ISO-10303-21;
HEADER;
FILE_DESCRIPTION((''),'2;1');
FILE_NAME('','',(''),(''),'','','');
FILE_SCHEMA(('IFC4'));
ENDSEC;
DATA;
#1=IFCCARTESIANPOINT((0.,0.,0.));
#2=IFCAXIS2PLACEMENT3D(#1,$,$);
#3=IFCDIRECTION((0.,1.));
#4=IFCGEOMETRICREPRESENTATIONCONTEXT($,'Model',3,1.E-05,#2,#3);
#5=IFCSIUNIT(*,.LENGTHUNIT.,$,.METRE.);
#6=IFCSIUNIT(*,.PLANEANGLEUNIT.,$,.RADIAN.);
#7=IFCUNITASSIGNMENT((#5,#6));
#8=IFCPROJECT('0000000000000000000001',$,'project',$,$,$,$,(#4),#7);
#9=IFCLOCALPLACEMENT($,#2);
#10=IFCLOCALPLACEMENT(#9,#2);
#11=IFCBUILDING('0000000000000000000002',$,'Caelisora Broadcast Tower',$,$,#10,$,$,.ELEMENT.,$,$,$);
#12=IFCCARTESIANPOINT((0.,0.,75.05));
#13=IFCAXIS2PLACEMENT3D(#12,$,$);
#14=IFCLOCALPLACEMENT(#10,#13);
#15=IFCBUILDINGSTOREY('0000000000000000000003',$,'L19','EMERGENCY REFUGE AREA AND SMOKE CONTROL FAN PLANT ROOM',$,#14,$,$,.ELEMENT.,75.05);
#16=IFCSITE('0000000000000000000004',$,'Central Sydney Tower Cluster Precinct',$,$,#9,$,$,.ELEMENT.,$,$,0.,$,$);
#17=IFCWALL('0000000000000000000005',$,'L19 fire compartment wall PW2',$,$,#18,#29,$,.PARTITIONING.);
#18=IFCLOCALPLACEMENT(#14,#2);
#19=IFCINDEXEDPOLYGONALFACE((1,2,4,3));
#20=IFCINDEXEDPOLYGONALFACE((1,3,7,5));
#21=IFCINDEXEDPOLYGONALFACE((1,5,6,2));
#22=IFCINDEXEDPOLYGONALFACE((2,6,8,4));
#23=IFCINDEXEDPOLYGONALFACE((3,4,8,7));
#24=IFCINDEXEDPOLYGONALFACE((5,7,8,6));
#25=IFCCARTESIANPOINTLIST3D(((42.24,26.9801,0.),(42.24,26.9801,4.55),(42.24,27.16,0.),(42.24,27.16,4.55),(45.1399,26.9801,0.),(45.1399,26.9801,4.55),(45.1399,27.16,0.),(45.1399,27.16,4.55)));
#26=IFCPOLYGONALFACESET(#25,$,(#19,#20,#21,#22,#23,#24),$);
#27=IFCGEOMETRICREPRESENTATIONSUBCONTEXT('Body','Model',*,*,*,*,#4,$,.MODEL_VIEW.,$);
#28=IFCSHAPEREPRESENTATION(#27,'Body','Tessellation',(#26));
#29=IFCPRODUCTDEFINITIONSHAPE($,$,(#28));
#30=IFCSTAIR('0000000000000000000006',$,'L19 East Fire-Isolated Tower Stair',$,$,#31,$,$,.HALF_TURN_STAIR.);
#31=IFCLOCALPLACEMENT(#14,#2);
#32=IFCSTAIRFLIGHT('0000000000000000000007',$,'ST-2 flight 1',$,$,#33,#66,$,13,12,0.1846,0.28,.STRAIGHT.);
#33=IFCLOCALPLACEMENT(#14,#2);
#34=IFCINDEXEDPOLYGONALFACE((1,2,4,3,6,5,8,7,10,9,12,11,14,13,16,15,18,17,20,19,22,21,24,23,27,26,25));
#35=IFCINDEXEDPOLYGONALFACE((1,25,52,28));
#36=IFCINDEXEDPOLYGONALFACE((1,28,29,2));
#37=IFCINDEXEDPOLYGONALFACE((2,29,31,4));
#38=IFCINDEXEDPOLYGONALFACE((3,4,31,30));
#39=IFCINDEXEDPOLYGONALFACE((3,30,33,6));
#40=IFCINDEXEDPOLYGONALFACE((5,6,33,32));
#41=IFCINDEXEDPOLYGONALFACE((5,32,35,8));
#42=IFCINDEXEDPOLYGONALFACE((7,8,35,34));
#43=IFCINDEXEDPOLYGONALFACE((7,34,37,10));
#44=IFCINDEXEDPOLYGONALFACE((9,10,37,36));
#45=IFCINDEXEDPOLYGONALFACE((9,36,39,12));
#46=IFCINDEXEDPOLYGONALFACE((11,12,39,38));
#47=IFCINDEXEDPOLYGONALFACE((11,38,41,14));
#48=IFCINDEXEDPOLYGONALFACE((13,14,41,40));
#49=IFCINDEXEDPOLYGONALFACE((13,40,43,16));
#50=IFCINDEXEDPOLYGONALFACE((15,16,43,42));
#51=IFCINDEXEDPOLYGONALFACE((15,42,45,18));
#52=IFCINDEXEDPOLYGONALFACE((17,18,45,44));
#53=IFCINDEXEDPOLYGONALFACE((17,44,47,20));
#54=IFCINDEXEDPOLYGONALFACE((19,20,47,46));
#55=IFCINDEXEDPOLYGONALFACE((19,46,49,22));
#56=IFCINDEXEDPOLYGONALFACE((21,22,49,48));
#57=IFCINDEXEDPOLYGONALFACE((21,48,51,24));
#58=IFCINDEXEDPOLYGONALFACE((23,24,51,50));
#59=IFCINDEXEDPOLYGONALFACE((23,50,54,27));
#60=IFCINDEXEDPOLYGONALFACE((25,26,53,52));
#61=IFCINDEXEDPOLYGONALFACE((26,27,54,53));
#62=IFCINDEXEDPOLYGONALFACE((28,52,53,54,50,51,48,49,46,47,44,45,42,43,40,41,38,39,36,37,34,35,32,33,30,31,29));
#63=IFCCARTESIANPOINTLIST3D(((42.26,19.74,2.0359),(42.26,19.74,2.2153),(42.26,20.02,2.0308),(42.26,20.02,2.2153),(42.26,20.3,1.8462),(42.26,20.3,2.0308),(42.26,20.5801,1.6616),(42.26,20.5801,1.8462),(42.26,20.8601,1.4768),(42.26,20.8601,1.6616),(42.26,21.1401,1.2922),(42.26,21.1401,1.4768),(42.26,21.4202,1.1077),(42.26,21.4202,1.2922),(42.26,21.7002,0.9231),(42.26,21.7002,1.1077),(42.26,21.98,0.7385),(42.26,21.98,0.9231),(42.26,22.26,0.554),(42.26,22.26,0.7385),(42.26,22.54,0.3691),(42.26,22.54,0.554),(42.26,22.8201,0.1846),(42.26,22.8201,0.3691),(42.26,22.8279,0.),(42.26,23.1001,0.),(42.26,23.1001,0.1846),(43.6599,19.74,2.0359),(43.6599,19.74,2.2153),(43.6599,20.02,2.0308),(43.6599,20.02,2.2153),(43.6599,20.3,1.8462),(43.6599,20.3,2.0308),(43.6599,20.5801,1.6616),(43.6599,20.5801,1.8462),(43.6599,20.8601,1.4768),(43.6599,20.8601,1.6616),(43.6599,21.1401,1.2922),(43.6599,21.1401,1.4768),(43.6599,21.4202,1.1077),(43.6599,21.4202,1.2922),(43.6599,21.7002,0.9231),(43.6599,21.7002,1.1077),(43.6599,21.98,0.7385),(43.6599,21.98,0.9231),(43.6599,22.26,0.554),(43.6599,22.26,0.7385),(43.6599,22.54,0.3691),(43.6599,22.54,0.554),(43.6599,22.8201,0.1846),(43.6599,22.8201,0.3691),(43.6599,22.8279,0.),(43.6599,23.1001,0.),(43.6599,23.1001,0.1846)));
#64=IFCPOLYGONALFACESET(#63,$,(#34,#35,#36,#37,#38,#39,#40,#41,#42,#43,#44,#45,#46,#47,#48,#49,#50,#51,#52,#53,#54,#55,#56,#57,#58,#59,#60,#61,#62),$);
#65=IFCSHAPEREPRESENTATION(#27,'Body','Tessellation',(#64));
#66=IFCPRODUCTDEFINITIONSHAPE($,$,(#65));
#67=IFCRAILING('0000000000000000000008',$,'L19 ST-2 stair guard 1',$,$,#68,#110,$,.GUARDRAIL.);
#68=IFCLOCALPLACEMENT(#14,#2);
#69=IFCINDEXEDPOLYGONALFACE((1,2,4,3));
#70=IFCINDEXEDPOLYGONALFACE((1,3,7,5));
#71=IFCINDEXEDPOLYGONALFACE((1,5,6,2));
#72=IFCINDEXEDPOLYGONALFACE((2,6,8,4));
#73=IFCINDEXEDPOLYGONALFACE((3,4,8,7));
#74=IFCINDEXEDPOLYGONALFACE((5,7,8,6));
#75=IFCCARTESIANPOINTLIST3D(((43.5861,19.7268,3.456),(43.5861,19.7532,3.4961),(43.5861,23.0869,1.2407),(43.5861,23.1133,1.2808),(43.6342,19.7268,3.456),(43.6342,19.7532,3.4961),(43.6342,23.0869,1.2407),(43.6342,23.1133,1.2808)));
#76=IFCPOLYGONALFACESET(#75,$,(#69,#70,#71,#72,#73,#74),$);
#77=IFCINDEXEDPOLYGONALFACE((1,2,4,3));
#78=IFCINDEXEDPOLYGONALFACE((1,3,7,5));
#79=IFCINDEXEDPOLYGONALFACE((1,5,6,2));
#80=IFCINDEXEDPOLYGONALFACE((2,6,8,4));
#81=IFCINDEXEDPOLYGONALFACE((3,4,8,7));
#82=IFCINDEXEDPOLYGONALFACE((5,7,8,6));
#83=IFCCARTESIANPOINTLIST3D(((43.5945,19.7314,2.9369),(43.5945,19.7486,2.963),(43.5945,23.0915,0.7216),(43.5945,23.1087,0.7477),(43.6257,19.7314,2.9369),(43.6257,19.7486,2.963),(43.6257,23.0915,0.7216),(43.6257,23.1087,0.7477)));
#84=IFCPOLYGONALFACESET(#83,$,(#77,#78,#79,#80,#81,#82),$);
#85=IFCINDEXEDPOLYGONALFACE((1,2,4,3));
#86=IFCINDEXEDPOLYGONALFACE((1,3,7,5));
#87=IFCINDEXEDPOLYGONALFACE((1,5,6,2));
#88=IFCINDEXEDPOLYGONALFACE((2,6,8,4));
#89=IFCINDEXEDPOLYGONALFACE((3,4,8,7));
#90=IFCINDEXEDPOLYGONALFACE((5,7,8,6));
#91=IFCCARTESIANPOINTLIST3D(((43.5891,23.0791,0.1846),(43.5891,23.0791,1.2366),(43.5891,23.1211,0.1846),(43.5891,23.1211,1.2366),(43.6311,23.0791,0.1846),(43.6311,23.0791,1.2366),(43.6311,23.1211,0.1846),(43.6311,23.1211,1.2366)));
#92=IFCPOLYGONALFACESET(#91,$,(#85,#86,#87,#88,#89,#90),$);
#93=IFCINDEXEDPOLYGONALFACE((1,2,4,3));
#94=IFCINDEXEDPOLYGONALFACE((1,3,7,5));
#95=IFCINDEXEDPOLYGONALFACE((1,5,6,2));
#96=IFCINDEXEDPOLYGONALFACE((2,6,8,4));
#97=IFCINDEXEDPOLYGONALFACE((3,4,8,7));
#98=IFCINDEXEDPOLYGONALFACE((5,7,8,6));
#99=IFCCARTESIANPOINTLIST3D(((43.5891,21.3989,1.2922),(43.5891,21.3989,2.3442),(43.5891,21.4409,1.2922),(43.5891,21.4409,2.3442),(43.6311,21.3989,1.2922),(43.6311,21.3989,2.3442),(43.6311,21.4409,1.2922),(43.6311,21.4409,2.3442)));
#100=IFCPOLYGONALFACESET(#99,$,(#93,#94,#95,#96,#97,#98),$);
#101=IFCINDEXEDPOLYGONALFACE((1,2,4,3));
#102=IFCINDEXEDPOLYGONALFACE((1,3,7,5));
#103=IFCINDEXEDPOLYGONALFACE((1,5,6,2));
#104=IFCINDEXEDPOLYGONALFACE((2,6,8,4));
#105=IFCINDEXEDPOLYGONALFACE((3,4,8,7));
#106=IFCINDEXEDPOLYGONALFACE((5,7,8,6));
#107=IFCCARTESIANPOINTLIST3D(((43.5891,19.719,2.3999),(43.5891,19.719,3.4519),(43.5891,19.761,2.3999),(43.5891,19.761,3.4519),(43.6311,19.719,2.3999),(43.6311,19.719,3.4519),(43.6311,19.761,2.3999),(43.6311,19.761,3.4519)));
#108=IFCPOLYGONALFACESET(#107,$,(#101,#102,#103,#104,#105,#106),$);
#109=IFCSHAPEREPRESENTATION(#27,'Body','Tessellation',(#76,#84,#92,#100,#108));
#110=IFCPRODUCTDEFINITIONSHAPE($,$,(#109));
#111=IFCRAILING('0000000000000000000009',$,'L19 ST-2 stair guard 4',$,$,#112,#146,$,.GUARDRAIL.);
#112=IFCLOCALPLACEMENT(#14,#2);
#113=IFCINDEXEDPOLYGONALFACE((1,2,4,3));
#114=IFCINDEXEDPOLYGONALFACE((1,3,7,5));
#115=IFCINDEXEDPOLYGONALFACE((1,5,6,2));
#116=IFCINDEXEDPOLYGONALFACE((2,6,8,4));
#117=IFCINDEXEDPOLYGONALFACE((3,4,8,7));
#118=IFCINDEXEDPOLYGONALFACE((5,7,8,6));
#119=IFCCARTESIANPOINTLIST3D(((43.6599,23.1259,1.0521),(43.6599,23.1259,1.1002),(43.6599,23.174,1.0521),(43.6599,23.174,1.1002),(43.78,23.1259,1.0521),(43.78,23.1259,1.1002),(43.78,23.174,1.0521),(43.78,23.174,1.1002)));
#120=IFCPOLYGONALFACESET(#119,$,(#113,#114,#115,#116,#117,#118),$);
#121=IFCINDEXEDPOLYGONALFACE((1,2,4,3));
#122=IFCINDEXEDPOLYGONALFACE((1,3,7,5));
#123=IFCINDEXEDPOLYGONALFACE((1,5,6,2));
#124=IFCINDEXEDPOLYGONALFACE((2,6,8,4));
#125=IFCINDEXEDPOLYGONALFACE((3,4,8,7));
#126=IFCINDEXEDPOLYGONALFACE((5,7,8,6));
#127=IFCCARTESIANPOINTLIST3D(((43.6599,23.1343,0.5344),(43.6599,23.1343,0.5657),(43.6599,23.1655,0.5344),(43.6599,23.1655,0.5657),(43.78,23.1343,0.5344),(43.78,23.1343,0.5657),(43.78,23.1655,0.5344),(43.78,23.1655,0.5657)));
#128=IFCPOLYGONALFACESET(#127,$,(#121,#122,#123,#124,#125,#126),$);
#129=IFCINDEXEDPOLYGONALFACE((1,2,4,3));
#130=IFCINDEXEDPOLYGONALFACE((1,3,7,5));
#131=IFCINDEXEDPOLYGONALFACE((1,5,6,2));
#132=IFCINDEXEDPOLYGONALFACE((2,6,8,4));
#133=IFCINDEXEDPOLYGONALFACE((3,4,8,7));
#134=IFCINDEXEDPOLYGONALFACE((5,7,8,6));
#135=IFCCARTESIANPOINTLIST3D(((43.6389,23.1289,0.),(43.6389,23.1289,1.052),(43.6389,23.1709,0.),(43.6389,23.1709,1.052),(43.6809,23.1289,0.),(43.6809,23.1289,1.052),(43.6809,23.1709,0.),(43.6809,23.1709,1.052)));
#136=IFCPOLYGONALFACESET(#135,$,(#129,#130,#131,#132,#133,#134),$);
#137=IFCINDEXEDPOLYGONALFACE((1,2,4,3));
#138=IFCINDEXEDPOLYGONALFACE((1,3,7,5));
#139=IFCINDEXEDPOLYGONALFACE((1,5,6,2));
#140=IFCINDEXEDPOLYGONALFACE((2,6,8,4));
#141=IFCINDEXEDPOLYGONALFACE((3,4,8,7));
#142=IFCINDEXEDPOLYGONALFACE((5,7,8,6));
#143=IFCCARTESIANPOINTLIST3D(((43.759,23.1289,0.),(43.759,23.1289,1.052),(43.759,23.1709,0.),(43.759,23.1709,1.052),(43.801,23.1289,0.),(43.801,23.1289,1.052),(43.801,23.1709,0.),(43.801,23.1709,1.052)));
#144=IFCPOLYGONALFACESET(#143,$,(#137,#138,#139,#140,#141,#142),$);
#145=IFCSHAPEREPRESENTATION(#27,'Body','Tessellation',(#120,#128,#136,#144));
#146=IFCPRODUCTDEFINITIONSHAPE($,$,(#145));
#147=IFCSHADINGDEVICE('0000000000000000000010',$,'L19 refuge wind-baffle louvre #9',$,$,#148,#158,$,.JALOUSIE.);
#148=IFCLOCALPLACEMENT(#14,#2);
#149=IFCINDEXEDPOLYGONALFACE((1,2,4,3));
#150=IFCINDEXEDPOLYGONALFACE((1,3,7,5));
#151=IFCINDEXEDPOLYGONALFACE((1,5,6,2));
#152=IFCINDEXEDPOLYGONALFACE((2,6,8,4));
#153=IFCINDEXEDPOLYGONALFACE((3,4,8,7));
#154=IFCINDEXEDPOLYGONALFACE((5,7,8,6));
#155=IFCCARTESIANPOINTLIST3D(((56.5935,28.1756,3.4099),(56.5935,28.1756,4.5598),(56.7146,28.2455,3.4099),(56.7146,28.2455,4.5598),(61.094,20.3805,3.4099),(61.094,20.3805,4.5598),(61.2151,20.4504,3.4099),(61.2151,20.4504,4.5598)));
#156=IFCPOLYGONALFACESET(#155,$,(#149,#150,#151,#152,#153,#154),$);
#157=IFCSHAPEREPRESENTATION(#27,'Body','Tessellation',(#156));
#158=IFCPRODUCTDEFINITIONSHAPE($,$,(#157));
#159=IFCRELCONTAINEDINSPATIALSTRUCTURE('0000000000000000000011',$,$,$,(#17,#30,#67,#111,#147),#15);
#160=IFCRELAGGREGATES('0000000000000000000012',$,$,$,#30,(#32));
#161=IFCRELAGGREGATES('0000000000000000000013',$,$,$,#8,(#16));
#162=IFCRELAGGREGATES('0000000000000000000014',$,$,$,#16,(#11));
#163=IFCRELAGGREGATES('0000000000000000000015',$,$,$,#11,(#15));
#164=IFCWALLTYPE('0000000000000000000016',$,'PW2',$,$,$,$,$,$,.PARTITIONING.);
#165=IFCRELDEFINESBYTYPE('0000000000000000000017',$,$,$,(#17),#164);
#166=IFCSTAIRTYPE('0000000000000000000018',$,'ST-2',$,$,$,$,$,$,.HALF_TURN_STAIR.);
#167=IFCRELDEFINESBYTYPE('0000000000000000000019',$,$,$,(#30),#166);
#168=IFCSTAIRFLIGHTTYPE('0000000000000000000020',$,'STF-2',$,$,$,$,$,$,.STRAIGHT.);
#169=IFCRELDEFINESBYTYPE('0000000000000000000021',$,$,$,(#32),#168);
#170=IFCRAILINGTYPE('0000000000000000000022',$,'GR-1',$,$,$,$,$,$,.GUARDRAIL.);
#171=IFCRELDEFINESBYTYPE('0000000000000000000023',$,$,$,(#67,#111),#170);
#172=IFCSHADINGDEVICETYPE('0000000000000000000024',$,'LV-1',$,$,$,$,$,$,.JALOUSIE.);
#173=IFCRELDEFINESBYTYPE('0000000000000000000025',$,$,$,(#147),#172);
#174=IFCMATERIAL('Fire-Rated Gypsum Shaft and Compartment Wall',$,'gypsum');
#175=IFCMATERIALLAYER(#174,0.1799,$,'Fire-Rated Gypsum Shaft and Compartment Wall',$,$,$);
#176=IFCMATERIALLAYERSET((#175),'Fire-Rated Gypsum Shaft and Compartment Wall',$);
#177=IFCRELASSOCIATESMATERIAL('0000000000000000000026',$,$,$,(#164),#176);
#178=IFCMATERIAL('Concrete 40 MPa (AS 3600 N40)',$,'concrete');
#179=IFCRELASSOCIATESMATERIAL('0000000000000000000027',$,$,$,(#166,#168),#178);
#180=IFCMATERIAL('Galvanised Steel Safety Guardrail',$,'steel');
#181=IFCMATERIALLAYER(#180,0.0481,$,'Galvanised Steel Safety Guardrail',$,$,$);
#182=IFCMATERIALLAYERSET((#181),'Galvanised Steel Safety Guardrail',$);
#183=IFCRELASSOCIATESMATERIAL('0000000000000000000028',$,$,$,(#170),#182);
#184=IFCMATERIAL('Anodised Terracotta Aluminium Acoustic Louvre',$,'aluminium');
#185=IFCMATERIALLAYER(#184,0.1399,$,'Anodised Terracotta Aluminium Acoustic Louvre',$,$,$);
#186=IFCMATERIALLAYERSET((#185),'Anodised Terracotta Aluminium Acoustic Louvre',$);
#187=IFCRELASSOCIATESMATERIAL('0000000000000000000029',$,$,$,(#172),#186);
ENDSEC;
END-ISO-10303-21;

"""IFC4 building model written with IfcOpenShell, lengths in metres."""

from ifc_helpers import new_model, si_unit, direction, frame, frame_2d, origin, origin_2d, place, context, subcontext, project, spatial, polyline, rectangle, outline, extrude, source, transform, mapped, material, layer, layer_set, type_object, type_shapes, element, aggregate, save


model = new_model("IFC4")

# Units and contexts
model_context = context("Model", 3, precision=1e-05, world=origin(), true_north=direction((0.0, 1.0)))
body_context = subcontext(model_context, "Body", "Model", "MODEL_VIEW")
ifc_project = project(units=[si_unit("LENGTHUNIT", "METRE"), si_unit("PLANEANGLEUNIT", "RADIAN")], contexts=[model_context])

# Site, building, storey
site_placement = place(None, origin())
site = spatial("IfcSite", under=ifc_project, at=site_placement, Name="Central Sydney Tower Cluster Precinct", CompositionType="ELEMENT", RefElevation=0.0)
building_placement = place(site_placement, origin())
building = spatial("IfcBuilding", under=site, at=building_placement, Name="Caelisora Broadcast Tower", CompositionType="ELEMENT")
storey_placement = place(building_placement, frame((0.0, 0.0, 75.05)))
storey = spatial("IfcBuildingStorey", under=building, at=storey_placement, Name="L19", Description="EMERGENCY REFUGE AREA AND SMOKE CONTROL FAN PLANT ROOM", CompositionType="ELEMENT", Elevation=75.05)

# Shared definitions
ifc_material_1 = material(Name="Fire-Rated Gypsum Shaft and Compartment Wall", Category="gypsum")
ifc_layer_1 = layer(ifc_material_1, 0.1799, Name="Fire-Rated Gypsum Shaft and Compartment Wall")
ifc_layer_set_1 = layer_set([ifc_layer_1], Name="Fire-Rated Gypsum Shaft and Compartment Wall")
wall_type_1 = type_object("IfcWallType", Name="PW2", PredefinedType="PARTITIONING", material=ifc_layer_set_1)

# Wall
wall_1_placement = place(storey_placement, frame((42.24, 27.0701, 0.0), z_axis=(0.0, 0.0, 1.0), x_axis=(1.0, 0.0, 0.0)))
element("IfcWall", 1, at=wall_1_placement, inside=storey, type_object=wall_type_1, Name="L19 fire compartment wall PW2", PredefinedType="PARTITIONING", context=body_context, shape_type="SweptSolid", body=[
    extrude(rectangle(XDim=2.8999, YDim=0.1799, at=frame_2d((1.45, 0.0))), origin(), (0.0, 0.0, 1.0), 4.55),
])

# Stair, stair flight
ifc_material_2 = material(Name="Concrete 40 MPa (AS 3600 N40)", Category="concrete")
stair_type = type_object("IfcStairType", Name="ST-2", PredefinedType="HALF_TURN_STAIR", material=ifc_material_2)
stair_placement = place(storey_placement, origin())
stair = element("IfcStair", 2, at=stair_placement, inside=storey, type_object=stair_type, Name="L19 East Fire-Isolated Tower Stair", PredefinedType="HALF_TURN_STAIR")
stair_flight_type = type_object("IfcStairFlightType", Name="STF-2", PredefinedType="STRAIGHT", material=ifc_material_2)
stair_flight_placement = place(storey_placement, frame((42.96, 23.1001, 0.0), z_axis=(0.0, 0.0, 1.0), x_axis=(0.0, -1.0, 0.0)))
stair_flight = element("IfcStairFlight", 3, at=stair_flight_placement, type_object=stair_flight_type, Name="ST-2 flight 1", NumberOfRisers=13, NumberOfTreads=12, PredefinedType="STRAIGHT", RiserHeight=0.1846, TreadLength=0.28, context=body_context, shape_type="SweptSolid", body=[
    extrude(outline(polyline([(0.0, 0.0), (0.0, 0.1846), (0.28, 0.1846), (0.28, 0.3691), (0.5601, 0.3691), (0.5601, 0.554), (0.8401, 0.554), (0.8401, 0.7385), (1.1201, 0.7385), (1.1201, 0.9231), (1.3999, 0.9231), (1.3999, 1.1077), (1.6799, 1.1077), (1.6799, 1.2922), (1.96, 1.2922), (1.96, 1.4768), (2.24, 1.4768), (2.24, 1.6616), (2.52, 1.6616), (2.52, 1.8462), (2.8, 1.8462), (2.8, 2.0308), (3.0801, 2.0308), (3.0801, 2.2153), (3.3601, 2.2153), (3.3601, 2.3999), (3.3601, 2.0359), (0.2722, 0.0), (0.0, 0.0)])), frame((0.0, 0.7, 0.0), z_axis=(0.0, -1.0, 0.0), x_axis=(1.0, 0.0, 0.0)), (0.0, 0.0, 1.0), 1.3999),
])
aggregate(stair, [stair_flight])

# Railings
ifc_material_3 = material(Name="Galvanised Steel Safety Guardrail", Category="steel")
ifc_layer_2 = layer(ifc_material_3, 0.0481, Name="Galvanised Steel Safety Guardrail")
ifc_layer_set_2 = layer_set([ifc_layer_2], Name="Galvanised Steel Safety Guardrail")
railing_type = type_object("IfcRailingType", Name="GR-1", PredefinedType="GUARDRAIL", material=ifc_layer_set_2)
railing_1_placement = place(storey_placement, frame((43.6101, 23.1001, 0.1846)))
element("IfcRailing", 4, at=railing_1_placement, inside=storey, type_object=railing_type, Name="L19 ST-2 stair guard 1", PredefinedType="GUARDRAIL", context=body_context, shape_type="SweptSolid", body=[
    extrude(rectangle(XDim=0.0481, YDim=0.0481, at=origin_2d()), frame((0.0, 0.0, 1.0762), z_axis=(0.0, -0.834876, 0.550437), x_axis=(1.0, 0.0, 0.0)), (0.0, 0.0, 1.0), 4.0247),
    extrude(rectangle(XDim=0.0312, YDim=0.0312, at=origin_2d()), frame((0.0, 0.0, 0.55), z_axis=(0.0, -0.834876, 0.550437), x_axis=(1.0, 0.0, 0.0)), (0.0, 0.0, 1.0), 4.0247),
    extrude(rectangle(XDim=0.042, YDim=0.042, at=origin_2d()), origin(), (0.0, 0.0, 1.0), 1.052),
    extrude(rectangle(XDim=0.042, YDim=0.042, at=origin_2d()), frame((0.0, -1.6802, 1.1077)), (0.0, 0.0, 1.0), 1.052),
    extrude(rectangle(XDim=0.042, YDim=0.042, at=origin_2d()), frame((0.0, -3.3601, 2.2153)), (0.0, 0.0, 1.0), 1.052),
])
railing_2_placement = place(storey_placement, frame((43.6599, 23.1499, 0.0)))
element("IfcRailing", 5, at=railing_2_placement, inside=storey, type_object=railing_type, Name="L19 ST-2 stair guard 4", PredefinedType="GUARDRAIL", context=body_context, shape_type="SweptSolid", body=[
    extrude(rectangle(XDim=0.0481, YDim=0.0481, at=origin_2d()), frame((0.0, 0.0, 1.0762), z_axis=(1.0, 0.0, 0.0), x_axis=(0.0, 1.0, 0.0)), (0.0, 0.0, 1.0), 0.1201),
    extrude(rectangle(XDim=0.0312, YDim=0.0312, at=origin_2d()), frame((0.0, 0.0, 0.55), z_axis=(1.0, 0.0, 0.0), x_axis=(0.0, 1.0, 0.0)), (0.0, 0.0, 1.0), 0.1201),
    extrude(rectangle(XDim=0.042, YDim=0.042, at=origin_2d()), origin(), (0.0, 0.0, 1.0), 1.052),
    extrude(rectangle(XDim=0.042, YDim=0.042, at=origin_2d()), frame((0.1201, 0.0, 0.0)), (0.0, 0.0, 1.0), 1.052),
])

# Shading device
ifc_material_4 = material(Name="Anodised Terracotta Aluminium Acoustic Louvre", Category="aluminium")
ifc_layer_3 = layer(ifc_material_4, 0.1399, Name="Anodised Terracotta Aluminium Acoustic Louvre")
ifc_layer_set_3 = layer_set([ifc_layer_3], Name="Anodised Terracotta Aluminium Acoustic Louvre")
shading_device_type = type_object("IfcShadingDeviceType", Name="LV-1", PredefinedType="JALOUSIE", material=ifc_layer_set_3)
shared_shape_1 = source(origin(), body_context, "Body", "SweptSolid", [
    extrude(rectangle(XDim=9.001, YDim=0.1399, at=origin_2d()), origin(), (0.0, 0.0, 1.0), 1.1499),
])
type_shapes(shading_device_type, [shared_shape_1])
shading_device_placement = place(storey_placement, frame((58.9043, 24.313, 3.4099), z_axis=(0.0, 0.0, 1.0), x_axis=(-0.5, 0.866025, 0.0)))
element("IfcShadingDevice", 6, at=shading_device_placement, inside=storey, type_object=shading_device_type, Name="L19 refuge wind-baffle louvre #9", PredefinedType="JALOUSIE", context=body_context, shape_type="MappedRepresentation", body=[
    mapped(shared_shape_1, transform((0.0, 0.0, 0.0), scale=1.0)),
])

save(model, "model.ifc")
